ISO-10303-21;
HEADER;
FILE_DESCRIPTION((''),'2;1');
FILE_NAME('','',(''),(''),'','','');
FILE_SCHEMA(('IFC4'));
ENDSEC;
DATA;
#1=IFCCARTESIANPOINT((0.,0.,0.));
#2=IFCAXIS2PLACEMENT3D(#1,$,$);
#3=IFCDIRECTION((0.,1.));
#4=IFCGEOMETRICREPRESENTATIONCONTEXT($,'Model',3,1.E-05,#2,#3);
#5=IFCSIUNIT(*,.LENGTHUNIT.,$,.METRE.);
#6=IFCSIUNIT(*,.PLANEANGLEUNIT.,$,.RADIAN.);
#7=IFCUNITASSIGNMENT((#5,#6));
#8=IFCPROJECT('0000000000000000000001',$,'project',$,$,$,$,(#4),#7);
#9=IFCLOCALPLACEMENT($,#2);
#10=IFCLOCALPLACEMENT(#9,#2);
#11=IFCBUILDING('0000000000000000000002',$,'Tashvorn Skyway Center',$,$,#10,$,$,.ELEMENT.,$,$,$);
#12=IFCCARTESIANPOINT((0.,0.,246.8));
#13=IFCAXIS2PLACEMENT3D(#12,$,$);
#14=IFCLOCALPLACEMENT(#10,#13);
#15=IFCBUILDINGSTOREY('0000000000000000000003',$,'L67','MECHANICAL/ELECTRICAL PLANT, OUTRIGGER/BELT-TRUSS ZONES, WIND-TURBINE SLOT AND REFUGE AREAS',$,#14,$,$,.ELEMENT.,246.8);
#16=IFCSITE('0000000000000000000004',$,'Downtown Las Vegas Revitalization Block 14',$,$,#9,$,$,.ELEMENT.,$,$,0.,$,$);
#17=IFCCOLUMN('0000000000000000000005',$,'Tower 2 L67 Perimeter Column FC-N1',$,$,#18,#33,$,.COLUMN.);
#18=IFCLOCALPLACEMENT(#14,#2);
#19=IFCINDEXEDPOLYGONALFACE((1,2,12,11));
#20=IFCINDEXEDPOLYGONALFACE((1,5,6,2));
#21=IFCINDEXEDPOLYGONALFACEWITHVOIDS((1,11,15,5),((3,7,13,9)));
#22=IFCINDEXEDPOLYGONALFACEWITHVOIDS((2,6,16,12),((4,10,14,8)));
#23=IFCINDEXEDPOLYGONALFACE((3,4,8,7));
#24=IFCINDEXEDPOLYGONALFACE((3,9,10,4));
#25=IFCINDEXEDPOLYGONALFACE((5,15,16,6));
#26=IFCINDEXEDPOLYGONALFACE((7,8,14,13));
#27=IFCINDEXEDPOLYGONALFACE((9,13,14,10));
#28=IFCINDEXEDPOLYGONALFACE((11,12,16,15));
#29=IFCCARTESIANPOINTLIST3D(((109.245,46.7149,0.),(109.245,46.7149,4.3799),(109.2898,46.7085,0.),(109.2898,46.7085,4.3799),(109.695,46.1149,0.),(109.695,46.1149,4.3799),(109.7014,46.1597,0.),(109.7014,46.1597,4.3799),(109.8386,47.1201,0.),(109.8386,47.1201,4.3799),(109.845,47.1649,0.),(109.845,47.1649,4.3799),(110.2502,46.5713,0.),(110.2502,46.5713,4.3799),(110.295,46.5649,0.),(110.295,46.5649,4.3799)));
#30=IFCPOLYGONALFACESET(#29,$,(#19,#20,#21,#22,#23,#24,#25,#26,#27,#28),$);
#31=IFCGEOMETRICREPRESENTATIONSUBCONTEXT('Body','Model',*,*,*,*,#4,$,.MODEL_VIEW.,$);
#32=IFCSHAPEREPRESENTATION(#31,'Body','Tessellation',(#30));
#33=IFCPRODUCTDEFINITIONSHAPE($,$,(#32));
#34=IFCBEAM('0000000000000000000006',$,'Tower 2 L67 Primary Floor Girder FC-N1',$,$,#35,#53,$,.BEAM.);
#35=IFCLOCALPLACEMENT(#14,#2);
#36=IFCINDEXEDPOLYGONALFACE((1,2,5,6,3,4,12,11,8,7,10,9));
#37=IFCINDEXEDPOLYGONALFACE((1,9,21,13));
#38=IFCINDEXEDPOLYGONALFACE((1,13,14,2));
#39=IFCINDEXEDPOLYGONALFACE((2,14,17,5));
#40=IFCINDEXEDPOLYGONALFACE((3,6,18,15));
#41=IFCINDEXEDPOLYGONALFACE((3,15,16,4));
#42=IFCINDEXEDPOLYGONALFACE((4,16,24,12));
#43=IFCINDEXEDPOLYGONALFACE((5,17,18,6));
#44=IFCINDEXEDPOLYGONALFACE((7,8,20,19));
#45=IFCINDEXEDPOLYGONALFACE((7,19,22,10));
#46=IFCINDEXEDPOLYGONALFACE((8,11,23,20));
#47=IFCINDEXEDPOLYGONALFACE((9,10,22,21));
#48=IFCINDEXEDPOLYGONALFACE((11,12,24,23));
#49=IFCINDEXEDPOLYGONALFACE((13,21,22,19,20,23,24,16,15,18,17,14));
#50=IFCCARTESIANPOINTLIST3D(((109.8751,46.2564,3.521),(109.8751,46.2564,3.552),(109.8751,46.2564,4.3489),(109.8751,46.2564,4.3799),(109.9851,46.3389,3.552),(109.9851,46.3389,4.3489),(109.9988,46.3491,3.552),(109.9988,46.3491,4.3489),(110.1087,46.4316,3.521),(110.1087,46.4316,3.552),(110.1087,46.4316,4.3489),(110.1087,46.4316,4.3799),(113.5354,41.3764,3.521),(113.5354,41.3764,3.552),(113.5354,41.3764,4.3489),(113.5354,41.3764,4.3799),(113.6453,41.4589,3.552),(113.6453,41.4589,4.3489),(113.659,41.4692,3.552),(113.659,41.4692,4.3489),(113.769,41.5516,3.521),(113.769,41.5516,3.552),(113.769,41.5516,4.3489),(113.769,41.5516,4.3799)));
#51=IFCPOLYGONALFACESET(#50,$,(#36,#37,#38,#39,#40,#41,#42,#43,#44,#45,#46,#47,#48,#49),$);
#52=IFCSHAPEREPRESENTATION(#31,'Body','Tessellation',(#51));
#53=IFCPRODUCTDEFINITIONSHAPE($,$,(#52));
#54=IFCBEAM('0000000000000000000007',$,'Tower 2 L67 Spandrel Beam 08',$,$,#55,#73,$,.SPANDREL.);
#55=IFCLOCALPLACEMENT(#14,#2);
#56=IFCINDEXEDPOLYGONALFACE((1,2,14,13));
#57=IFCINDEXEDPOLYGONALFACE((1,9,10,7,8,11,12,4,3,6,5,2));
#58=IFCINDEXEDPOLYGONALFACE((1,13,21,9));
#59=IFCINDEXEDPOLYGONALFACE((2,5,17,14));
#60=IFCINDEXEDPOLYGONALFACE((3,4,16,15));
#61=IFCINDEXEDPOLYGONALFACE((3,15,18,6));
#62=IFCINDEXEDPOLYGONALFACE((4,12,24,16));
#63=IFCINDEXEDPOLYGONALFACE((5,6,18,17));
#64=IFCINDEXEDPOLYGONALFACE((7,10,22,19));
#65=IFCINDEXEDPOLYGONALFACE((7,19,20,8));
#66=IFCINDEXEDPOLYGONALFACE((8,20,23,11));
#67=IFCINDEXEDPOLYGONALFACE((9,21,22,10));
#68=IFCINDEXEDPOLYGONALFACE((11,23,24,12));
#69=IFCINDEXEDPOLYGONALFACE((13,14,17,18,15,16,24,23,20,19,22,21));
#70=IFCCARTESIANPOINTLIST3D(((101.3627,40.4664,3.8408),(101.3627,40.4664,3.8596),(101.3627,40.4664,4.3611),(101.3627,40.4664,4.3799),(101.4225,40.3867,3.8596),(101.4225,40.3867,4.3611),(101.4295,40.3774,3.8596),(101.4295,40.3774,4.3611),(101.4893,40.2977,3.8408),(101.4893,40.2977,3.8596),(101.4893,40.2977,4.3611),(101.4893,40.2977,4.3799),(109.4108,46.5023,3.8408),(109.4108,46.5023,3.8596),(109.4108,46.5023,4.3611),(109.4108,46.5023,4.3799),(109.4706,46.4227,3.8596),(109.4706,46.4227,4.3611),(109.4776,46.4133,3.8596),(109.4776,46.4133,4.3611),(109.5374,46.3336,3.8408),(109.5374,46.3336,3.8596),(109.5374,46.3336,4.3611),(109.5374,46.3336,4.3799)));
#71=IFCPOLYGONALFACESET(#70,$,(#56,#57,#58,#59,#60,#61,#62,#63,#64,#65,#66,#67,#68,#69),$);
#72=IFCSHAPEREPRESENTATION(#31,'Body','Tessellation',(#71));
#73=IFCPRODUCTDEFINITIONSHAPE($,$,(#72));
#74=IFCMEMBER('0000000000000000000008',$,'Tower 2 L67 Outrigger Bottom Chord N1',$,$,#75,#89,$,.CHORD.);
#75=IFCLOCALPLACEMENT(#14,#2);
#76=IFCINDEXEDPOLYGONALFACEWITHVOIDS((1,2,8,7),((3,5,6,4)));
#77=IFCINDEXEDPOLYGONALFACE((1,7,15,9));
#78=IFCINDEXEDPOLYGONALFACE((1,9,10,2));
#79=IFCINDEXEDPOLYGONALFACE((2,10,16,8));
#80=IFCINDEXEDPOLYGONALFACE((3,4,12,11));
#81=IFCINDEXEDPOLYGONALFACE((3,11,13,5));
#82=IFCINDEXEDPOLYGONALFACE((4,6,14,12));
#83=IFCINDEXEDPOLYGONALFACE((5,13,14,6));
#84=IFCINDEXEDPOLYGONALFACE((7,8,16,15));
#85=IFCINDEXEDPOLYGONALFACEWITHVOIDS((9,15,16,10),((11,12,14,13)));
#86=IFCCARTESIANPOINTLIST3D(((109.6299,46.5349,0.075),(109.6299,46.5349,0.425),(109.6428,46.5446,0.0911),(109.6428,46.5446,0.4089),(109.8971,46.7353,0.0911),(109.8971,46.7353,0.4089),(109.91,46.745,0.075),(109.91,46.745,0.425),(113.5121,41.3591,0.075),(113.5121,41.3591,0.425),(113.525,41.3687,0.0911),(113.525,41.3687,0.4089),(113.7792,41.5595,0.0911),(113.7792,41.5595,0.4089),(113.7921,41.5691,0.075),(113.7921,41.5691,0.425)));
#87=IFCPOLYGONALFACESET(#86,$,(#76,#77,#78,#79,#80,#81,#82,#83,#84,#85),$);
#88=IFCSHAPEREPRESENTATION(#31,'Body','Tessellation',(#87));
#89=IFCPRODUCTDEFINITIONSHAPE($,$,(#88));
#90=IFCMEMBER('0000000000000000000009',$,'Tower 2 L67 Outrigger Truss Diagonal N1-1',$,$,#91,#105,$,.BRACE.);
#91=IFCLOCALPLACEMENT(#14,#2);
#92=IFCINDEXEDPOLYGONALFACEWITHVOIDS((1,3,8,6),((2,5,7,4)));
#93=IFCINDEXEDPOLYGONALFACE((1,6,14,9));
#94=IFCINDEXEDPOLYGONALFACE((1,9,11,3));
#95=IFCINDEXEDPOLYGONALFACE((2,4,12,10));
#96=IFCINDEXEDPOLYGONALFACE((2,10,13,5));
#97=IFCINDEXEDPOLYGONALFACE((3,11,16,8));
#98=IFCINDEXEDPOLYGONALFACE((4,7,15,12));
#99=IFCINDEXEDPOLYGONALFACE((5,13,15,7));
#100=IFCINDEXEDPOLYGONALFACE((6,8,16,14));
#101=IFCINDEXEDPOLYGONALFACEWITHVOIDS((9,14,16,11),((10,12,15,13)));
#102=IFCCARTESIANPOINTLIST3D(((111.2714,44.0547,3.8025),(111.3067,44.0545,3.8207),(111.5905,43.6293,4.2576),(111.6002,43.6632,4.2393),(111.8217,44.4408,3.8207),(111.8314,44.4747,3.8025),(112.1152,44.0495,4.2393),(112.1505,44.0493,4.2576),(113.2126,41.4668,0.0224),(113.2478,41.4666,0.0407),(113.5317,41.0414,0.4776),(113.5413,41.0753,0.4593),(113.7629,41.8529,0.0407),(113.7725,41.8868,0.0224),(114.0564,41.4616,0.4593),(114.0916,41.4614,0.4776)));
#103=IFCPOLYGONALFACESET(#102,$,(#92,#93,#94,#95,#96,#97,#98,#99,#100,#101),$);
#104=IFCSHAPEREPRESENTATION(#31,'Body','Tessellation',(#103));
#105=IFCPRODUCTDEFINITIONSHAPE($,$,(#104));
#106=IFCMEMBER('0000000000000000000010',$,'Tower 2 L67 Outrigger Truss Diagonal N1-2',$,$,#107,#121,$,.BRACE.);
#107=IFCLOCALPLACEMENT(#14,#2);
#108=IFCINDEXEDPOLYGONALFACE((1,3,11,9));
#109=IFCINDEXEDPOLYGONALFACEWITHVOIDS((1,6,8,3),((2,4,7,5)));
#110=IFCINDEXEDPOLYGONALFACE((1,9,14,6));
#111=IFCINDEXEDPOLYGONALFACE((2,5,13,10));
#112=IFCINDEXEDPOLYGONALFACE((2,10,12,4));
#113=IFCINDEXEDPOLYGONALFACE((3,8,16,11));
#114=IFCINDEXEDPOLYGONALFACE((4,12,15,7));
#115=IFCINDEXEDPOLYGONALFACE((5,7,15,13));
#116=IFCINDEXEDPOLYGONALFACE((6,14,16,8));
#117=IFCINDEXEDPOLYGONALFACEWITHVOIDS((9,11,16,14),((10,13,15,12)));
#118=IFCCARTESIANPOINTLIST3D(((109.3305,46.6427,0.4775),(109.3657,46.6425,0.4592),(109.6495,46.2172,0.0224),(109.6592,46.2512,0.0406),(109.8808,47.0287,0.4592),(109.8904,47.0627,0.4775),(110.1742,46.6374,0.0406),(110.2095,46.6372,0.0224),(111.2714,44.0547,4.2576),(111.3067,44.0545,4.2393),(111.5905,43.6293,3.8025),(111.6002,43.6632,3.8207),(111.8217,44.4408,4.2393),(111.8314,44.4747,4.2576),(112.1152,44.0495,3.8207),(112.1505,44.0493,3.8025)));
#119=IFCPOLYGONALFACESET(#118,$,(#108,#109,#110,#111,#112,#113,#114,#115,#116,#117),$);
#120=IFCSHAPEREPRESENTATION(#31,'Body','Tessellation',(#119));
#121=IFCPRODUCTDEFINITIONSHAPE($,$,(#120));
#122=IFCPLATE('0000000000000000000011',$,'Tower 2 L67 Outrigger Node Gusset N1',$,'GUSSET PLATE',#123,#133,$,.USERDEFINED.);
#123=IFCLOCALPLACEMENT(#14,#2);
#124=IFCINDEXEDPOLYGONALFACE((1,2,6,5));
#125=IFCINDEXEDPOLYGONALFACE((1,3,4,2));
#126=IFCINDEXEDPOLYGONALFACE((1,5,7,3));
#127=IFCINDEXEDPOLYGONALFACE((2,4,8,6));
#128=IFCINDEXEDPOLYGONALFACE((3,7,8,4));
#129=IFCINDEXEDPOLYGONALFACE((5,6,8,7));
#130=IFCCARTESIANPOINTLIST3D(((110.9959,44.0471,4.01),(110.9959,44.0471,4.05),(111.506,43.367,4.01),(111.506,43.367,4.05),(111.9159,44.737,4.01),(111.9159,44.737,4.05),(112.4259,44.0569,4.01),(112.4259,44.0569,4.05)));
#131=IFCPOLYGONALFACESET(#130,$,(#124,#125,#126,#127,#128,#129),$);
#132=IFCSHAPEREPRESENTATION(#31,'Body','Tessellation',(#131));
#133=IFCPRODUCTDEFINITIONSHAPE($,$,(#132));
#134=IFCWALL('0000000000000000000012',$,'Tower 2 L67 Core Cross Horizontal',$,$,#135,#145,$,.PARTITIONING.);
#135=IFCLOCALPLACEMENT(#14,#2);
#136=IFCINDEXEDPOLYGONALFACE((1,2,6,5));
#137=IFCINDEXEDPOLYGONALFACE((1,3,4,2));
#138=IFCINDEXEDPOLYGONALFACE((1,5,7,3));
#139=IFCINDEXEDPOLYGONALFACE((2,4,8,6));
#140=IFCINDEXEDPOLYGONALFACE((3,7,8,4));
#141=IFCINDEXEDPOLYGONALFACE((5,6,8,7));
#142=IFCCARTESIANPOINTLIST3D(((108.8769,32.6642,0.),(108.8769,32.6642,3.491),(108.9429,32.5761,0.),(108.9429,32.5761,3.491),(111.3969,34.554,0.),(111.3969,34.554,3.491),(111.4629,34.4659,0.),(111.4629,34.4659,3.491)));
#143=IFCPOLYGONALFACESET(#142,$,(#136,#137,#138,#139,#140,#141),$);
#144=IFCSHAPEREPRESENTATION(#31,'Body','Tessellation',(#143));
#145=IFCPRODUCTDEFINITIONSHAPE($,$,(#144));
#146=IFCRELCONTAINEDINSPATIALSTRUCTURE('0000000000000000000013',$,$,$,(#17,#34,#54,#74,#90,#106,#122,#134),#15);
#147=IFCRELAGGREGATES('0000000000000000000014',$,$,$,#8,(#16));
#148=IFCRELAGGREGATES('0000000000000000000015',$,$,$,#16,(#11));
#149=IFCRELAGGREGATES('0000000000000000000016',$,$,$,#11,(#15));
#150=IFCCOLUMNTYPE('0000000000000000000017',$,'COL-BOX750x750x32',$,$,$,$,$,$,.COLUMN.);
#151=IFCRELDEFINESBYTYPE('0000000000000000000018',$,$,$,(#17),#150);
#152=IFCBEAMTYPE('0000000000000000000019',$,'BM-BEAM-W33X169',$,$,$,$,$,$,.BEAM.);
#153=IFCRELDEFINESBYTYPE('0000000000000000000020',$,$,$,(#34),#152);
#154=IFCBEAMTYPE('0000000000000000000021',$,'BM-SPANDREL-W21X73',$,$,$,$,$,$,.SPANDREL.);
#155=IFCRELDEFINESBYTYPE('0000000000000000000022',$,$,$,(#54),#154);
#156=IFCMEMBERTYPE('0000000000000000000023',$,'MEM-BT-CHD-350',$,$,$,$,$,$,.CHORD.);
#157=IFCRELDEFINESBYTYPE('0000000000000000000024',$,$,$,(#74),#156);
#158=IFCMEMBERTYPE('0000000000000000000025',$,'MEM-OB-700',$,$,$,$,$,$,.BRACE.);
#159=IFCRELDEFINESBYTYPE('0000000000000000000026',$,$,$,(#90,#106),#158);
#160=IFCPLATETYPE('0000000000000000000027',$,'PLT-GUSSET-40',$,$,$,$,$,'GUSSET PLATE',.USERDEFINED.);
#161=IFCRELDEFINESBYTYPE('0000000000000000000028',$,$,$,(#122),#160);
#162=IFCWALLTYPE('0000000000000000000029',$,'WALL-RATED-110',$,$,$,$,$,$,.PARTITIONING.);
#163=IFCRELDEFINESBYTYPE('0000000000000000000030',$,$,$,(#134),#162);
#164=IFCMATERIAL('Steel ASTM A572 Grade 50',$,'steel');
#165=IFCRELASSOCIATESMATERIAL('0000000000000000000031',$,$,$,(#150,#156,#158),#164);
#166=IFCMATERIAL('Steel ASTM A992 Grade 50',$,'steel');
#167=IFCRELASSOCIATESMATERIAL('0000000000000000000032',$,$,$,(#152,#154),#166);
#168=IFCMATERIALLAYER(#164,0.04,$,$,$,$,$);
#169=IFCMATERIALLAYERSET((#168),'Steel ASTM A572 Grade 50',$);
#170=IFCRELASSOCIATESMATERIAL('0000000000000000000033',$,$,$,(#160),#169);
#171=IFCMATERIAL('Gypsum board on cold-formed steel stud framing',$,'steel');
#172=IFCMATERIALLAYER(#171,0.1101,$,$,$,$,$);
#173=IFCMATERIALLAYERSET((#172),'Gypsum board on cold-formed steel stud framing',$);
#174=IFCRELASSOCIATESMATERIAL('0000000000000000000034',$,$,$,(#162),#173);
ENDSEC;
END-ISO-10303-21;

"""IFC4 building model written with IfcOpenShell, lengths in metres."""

from ifc_helpers import new_model, si_unit, direction, frame, frame_2d, origin, origin_2d, place, context, subcontext, project, spatial, rectangle, hollow_rectangle, i_section, extrude, material, layer, layer_set, material_profile, profile_set, type_object, element, save


model = new_model("IFC4")

# Units and contexts
model_context = context("Model", 3, precision=1e-05, world=origin(), true_north=direction((0.0, 1.0)))
body_context = subcontext(model_context, "Body", "Model", "MODEL_VIEW")
ifc_project = project(units=[si_unit("LENGTHUNIT", "METRE"), si_unit("PLANEANGLEUNIT", "RADIAN")], contexts=[model_context])

# Site, building, storey
site_placement = place(None, origin())
site = spatial("IfcSite", under=ifc_project, at=site_placement, Name="Downtown Las Vegas Revitalization Block 14", CompositionType="ELEMENT", RefElevation=0.0)
building_placement = place(site_placement, origin())
building = spatial("IfcBuilding", under=site, at=building_placement, Name="Tashvorn Skyway Center", CompositionType="ELEMENT")
storey_placement = place(building_placement, frame((0.0, 0.0, 246.8)))
storey = spatial("IfcBuildingStorey", under=building, at=storey_placement, Name="L67", Description="MECHANICAL/ELECTRICAL PLANT, OUTRIGGER/BELT-TRUSS ZONES, WIND-TURBINE SLOT AND REFUGE AREAS", CompositionType="ELEMENT", Elevation=246.8)

# Column
ifc_material_1 = material(Name="Steel ASTM A572 Grade 50", Category="steel")
ifc_material_profile_1 = material_profile(ifc_material_1, hollow_rectangle(XDim=0.75, YDim=0.75, WallThickness=0.032, at=origin_2d()), Name="BOX750x750x32")
ifc_profile_set_1 = profile_set([ifc_material_profile_1], Name="Steel ASTM A572 Grade 50")
column_type = type_object("IfcColumnType", Name="COL-BOX750x750x32", PredefinedType="COLUMN", material=ifc_profile_set_1)
column_placement = place(storey_placement, frame((109.77, 46.6399, 0.0), z_axis=(0.0, 0.0, 1.0), x_axis=(0.8, 0.6, 0.0)))
element("IfcColumn", 1, at=column_placement, inside=storey, type_object=column_type, Name="Tower 2 L67 Perimeter Column FC-N1", PredefinedType="COLUMN", context=body_context, shape_type="SweptSolid", body=[
    extrude(hollow_rectangle(XDim=0.75, YDim=0.75, WallThickness=0.032, at=origin_2d()), origin(), (0.0, 0.0, 1.0), 4.3799),
])

# Beams
ifc_material_2 = material(Name="Steel ASTM A992 Grade 50", Category="steel")
ifc_material_profile_2 = material_profile(ifc_material_2, i_section(OverallWidth=0.292, OverallDepth=0.8589, WebThickness=0.0171, FlangeThickness=0.031, at=origin_2d()), Name="W33X169")
ifc_profile_set_2 = profile_set([ifc_material_profile_2], Name="Steel ASTM A992 Grade 50")
beam_type_1 = type_object("IfcBeamType", Name="BM-BEAM-W33X169", PredefinedType="BEAM", material=ifc_profile_set_2)
beam_1_placement = place(storey_placement, frame((109.9919, 46.344, 3.9504), z_axis=(0.600026, -0.799981, 0.0), x_axis=(0.799981, 0.600026, 0.0)))
element("IfcBeam", 2, at=beam_1_placement, inside=storey, type_object=beam_type_1, Name="Tower 2 L67 Primary Floor Girder FC-N1", PredefinedType="BEAM", context=body_context, shape_type="SweptSolid", body=[
    extrude(i_section(OverallWidth=0.292, OverallDepth=0.8589, WebThickness=0.0171, FlangeThickness=0.031, at=origin_2d()), origin(), (0.0, 0.0, 1.0), 6.1001),
])
ifc_material_profile_3 = material_profile(ifc_material_2, i_section(OverallWidth=0.2109, OverallDepth=0.5391, WebThickness=0.0117, FlangeThickness=0.0188, at=origin_2d()), Name="W21X73")
ifc_profile_set_3 = profile_set([ifc_material_profile_3], Name="Steel ASTM A992 Grade 50")
beam_type_2 = type_object("IfcBeamType", Name="BM-SPANDREL-W21X73", PredefinedType="SPANDREL", material=ifc_profile_set_3)
beam_2_placement = place(storey_placement, frame((109.4741, 46.418, 4.1104), z_axis=(-0.800009, -0.599988, 0.0), x_axis=(0.599988, -0.800009, 0.0)))
element("IfcBeam", 3, at=beam_2_placement, inside=storey, type_object=beam_type_2, Name="Tower 2 L67 Spandrel Beam 08", PredefinedType="SPANDREL", context=body_context, shape_type="SweptSolid", body=[
    extrude(i_section(OverallWidth=0.2109, OverallDepth=0.5391, WebThickness=0.0117, FlangeThickness=0.0188, at=origin_2d()), origin(), (0.0, 0.0, 1.0), 10.0601),
])

# Members
ifc_material_profile_4 = material_profile(ifc_material_1, hollow_rectangle(XDim=0.3501, YDim=0.3501, WallThickness=0.0161, at=origin_2d()), Name="HSS350x350x16")
ifc_profile_set_4 = profile_set([ifc_material_profile_4], Name="Steel ASTM A572 Grade 50")
member_type_1 = type_object("IfcMemberType", Name="MEM-BT-CHD-350", PredefinedType="CHORD", material=ifc_profile_set_4)
member_placement = place(storey_placement, frame((113.6521, 41.4641, 0.25), z_axis=(-0.600024, 0.799982, 0.0), x_axis=(-0.799982, -0.600024, 0.0)))
element("IfcMember", 4, at=member_placement, inside=storey, type_object=member_type_1, Name="Tower 2 L67 Outrigger Bottom Chord N1", PredefinedType="CHORD", context=body_context, shape_type="SweptSolid", body=[
    extrude(hollow_rectangle(XDim=0.3501, YDim=0.3501, WallThickness=0.0161, at=origin_2d()), origin(), (0.0, 0.0, 1.0), 6.47),
])
ifc_material_profile_5 = material_profile(ifc_material_1, hollow_rectangle(XDim=0.7, YDim=0.7, WallThickness=0.0281, at=origin_2d()), Name="BOX700x700x28")
ifc_profile_set_5 = profile_set([ifc_material_profile_5], Name="Steel ASTM A572 Grade 50")
member_type_2 = type_object("IfcMemberType", Name="MEM-OB-700", PredefinedType="BRACE", material=ifc_profile_set_5)
for number, where, z_axis, x_axis, name in (
    (5, (113.6521, 41.4641, 0.25), (-0.390157, 0.520145, 0.759754), (-0.799964, -0.600048, 0.0), "Tower 2 L67 Outrigger Truss Diagonal N1-1"),
    (6, (111.7109, 44.052, 4.03), (-0.390116, 0.520154, -0.759769), (-0.8, -0.6, 0.0), "Tower 2 L67 Outrigger Truss Diagonal N1-2"),
):
    element("IfcMember", number, at=place(storey_placement, frame(where, z_axis=z_axis, x_axis=x_axis)), inside=storey, type_object=member_type_2, Name=name, PredefinedType="BRACE", context=body_context, shape_type="SweptSolid", body=[
        extrude(hollow_rectangle(XDim=0.7, YDim=0.7, WallThickness=0.0281, at=origin_2d()), origin(), (0.0, 0.0, 1.0), 4.9753),
    ])

# Plate
ifc_layer_1 = layer(ifc_material_1, 0.04)
ifc_layer_set_1 = layer_set([ifc_layer_1], Name="Steel ASTM A572 Grade 50")
plate_type = type_object("IfcPlateType", Name="PLT-GUSSET-40", ElementType="GUSSET PLATE", PredefinedType="USERDEFINED", material=ifc_layer_set_1)
plate_placement = place(storey_placement, frame((111.7109, 44.052, 4.01), z_axis=(0.0, 0.0, 1.0), x_axis=(0.8, 0.6, 0.0)))
element("IfcPlate", 7, at=plate_placement, inside=storey, type_object=plate_type, Name="Tower 2 L67 Outrigger Node Gusset N1", ObjectType="GUSSET PLATE", PredefinedType="USERDEFINED", context=body_context, shape_type="SweptSolid", body=[
    extrude(rectangle(XDim=1.1499, YDim=0.8501, at=origin_2d()), origin(), (0.0, 0.0, 1.0), 0.04),
])

# Wall
ifc_material_3 = material(Name="Gypsum board on cold-formed steel stud framing", Category="steel")
ifc_layer_2 = layer(ifc_material_3, 0.1101)
ifc_layer_set_2 = layer_set([ifc_layer_2], Name="Gypsum board on cold-formed steel stud framing")
wall_type_1 = type_object("IfcWallType", Name="WALL-RATED-110", PredefinedType="PARTITIONING", material=ifc_layer_set_2)
wall_1_placement = place(storey_placement, frame((108.9099, 32.6201, 0.0), z_axis=(0.0, 0.0, 1.0), x_axis=(0.800019, 0.599975, 0.0)))
element("IfcWall", 8, at=wall_1_placement, inside=storey, type_object=wall_type_1, Name="Tower 2 L67 Core Cross Horizontal", PredefinedType="PARTITIONING", context=body_context, shape_type="SweptSolid", body=[
    extrude(rectangle(XDim=3.1499, YDim=0.1101, at=frame_2d((1.575, 0.0))), origin(), (0.0, 0.0, 1.0), 3.491),
])

save(model, "model.ifc")
